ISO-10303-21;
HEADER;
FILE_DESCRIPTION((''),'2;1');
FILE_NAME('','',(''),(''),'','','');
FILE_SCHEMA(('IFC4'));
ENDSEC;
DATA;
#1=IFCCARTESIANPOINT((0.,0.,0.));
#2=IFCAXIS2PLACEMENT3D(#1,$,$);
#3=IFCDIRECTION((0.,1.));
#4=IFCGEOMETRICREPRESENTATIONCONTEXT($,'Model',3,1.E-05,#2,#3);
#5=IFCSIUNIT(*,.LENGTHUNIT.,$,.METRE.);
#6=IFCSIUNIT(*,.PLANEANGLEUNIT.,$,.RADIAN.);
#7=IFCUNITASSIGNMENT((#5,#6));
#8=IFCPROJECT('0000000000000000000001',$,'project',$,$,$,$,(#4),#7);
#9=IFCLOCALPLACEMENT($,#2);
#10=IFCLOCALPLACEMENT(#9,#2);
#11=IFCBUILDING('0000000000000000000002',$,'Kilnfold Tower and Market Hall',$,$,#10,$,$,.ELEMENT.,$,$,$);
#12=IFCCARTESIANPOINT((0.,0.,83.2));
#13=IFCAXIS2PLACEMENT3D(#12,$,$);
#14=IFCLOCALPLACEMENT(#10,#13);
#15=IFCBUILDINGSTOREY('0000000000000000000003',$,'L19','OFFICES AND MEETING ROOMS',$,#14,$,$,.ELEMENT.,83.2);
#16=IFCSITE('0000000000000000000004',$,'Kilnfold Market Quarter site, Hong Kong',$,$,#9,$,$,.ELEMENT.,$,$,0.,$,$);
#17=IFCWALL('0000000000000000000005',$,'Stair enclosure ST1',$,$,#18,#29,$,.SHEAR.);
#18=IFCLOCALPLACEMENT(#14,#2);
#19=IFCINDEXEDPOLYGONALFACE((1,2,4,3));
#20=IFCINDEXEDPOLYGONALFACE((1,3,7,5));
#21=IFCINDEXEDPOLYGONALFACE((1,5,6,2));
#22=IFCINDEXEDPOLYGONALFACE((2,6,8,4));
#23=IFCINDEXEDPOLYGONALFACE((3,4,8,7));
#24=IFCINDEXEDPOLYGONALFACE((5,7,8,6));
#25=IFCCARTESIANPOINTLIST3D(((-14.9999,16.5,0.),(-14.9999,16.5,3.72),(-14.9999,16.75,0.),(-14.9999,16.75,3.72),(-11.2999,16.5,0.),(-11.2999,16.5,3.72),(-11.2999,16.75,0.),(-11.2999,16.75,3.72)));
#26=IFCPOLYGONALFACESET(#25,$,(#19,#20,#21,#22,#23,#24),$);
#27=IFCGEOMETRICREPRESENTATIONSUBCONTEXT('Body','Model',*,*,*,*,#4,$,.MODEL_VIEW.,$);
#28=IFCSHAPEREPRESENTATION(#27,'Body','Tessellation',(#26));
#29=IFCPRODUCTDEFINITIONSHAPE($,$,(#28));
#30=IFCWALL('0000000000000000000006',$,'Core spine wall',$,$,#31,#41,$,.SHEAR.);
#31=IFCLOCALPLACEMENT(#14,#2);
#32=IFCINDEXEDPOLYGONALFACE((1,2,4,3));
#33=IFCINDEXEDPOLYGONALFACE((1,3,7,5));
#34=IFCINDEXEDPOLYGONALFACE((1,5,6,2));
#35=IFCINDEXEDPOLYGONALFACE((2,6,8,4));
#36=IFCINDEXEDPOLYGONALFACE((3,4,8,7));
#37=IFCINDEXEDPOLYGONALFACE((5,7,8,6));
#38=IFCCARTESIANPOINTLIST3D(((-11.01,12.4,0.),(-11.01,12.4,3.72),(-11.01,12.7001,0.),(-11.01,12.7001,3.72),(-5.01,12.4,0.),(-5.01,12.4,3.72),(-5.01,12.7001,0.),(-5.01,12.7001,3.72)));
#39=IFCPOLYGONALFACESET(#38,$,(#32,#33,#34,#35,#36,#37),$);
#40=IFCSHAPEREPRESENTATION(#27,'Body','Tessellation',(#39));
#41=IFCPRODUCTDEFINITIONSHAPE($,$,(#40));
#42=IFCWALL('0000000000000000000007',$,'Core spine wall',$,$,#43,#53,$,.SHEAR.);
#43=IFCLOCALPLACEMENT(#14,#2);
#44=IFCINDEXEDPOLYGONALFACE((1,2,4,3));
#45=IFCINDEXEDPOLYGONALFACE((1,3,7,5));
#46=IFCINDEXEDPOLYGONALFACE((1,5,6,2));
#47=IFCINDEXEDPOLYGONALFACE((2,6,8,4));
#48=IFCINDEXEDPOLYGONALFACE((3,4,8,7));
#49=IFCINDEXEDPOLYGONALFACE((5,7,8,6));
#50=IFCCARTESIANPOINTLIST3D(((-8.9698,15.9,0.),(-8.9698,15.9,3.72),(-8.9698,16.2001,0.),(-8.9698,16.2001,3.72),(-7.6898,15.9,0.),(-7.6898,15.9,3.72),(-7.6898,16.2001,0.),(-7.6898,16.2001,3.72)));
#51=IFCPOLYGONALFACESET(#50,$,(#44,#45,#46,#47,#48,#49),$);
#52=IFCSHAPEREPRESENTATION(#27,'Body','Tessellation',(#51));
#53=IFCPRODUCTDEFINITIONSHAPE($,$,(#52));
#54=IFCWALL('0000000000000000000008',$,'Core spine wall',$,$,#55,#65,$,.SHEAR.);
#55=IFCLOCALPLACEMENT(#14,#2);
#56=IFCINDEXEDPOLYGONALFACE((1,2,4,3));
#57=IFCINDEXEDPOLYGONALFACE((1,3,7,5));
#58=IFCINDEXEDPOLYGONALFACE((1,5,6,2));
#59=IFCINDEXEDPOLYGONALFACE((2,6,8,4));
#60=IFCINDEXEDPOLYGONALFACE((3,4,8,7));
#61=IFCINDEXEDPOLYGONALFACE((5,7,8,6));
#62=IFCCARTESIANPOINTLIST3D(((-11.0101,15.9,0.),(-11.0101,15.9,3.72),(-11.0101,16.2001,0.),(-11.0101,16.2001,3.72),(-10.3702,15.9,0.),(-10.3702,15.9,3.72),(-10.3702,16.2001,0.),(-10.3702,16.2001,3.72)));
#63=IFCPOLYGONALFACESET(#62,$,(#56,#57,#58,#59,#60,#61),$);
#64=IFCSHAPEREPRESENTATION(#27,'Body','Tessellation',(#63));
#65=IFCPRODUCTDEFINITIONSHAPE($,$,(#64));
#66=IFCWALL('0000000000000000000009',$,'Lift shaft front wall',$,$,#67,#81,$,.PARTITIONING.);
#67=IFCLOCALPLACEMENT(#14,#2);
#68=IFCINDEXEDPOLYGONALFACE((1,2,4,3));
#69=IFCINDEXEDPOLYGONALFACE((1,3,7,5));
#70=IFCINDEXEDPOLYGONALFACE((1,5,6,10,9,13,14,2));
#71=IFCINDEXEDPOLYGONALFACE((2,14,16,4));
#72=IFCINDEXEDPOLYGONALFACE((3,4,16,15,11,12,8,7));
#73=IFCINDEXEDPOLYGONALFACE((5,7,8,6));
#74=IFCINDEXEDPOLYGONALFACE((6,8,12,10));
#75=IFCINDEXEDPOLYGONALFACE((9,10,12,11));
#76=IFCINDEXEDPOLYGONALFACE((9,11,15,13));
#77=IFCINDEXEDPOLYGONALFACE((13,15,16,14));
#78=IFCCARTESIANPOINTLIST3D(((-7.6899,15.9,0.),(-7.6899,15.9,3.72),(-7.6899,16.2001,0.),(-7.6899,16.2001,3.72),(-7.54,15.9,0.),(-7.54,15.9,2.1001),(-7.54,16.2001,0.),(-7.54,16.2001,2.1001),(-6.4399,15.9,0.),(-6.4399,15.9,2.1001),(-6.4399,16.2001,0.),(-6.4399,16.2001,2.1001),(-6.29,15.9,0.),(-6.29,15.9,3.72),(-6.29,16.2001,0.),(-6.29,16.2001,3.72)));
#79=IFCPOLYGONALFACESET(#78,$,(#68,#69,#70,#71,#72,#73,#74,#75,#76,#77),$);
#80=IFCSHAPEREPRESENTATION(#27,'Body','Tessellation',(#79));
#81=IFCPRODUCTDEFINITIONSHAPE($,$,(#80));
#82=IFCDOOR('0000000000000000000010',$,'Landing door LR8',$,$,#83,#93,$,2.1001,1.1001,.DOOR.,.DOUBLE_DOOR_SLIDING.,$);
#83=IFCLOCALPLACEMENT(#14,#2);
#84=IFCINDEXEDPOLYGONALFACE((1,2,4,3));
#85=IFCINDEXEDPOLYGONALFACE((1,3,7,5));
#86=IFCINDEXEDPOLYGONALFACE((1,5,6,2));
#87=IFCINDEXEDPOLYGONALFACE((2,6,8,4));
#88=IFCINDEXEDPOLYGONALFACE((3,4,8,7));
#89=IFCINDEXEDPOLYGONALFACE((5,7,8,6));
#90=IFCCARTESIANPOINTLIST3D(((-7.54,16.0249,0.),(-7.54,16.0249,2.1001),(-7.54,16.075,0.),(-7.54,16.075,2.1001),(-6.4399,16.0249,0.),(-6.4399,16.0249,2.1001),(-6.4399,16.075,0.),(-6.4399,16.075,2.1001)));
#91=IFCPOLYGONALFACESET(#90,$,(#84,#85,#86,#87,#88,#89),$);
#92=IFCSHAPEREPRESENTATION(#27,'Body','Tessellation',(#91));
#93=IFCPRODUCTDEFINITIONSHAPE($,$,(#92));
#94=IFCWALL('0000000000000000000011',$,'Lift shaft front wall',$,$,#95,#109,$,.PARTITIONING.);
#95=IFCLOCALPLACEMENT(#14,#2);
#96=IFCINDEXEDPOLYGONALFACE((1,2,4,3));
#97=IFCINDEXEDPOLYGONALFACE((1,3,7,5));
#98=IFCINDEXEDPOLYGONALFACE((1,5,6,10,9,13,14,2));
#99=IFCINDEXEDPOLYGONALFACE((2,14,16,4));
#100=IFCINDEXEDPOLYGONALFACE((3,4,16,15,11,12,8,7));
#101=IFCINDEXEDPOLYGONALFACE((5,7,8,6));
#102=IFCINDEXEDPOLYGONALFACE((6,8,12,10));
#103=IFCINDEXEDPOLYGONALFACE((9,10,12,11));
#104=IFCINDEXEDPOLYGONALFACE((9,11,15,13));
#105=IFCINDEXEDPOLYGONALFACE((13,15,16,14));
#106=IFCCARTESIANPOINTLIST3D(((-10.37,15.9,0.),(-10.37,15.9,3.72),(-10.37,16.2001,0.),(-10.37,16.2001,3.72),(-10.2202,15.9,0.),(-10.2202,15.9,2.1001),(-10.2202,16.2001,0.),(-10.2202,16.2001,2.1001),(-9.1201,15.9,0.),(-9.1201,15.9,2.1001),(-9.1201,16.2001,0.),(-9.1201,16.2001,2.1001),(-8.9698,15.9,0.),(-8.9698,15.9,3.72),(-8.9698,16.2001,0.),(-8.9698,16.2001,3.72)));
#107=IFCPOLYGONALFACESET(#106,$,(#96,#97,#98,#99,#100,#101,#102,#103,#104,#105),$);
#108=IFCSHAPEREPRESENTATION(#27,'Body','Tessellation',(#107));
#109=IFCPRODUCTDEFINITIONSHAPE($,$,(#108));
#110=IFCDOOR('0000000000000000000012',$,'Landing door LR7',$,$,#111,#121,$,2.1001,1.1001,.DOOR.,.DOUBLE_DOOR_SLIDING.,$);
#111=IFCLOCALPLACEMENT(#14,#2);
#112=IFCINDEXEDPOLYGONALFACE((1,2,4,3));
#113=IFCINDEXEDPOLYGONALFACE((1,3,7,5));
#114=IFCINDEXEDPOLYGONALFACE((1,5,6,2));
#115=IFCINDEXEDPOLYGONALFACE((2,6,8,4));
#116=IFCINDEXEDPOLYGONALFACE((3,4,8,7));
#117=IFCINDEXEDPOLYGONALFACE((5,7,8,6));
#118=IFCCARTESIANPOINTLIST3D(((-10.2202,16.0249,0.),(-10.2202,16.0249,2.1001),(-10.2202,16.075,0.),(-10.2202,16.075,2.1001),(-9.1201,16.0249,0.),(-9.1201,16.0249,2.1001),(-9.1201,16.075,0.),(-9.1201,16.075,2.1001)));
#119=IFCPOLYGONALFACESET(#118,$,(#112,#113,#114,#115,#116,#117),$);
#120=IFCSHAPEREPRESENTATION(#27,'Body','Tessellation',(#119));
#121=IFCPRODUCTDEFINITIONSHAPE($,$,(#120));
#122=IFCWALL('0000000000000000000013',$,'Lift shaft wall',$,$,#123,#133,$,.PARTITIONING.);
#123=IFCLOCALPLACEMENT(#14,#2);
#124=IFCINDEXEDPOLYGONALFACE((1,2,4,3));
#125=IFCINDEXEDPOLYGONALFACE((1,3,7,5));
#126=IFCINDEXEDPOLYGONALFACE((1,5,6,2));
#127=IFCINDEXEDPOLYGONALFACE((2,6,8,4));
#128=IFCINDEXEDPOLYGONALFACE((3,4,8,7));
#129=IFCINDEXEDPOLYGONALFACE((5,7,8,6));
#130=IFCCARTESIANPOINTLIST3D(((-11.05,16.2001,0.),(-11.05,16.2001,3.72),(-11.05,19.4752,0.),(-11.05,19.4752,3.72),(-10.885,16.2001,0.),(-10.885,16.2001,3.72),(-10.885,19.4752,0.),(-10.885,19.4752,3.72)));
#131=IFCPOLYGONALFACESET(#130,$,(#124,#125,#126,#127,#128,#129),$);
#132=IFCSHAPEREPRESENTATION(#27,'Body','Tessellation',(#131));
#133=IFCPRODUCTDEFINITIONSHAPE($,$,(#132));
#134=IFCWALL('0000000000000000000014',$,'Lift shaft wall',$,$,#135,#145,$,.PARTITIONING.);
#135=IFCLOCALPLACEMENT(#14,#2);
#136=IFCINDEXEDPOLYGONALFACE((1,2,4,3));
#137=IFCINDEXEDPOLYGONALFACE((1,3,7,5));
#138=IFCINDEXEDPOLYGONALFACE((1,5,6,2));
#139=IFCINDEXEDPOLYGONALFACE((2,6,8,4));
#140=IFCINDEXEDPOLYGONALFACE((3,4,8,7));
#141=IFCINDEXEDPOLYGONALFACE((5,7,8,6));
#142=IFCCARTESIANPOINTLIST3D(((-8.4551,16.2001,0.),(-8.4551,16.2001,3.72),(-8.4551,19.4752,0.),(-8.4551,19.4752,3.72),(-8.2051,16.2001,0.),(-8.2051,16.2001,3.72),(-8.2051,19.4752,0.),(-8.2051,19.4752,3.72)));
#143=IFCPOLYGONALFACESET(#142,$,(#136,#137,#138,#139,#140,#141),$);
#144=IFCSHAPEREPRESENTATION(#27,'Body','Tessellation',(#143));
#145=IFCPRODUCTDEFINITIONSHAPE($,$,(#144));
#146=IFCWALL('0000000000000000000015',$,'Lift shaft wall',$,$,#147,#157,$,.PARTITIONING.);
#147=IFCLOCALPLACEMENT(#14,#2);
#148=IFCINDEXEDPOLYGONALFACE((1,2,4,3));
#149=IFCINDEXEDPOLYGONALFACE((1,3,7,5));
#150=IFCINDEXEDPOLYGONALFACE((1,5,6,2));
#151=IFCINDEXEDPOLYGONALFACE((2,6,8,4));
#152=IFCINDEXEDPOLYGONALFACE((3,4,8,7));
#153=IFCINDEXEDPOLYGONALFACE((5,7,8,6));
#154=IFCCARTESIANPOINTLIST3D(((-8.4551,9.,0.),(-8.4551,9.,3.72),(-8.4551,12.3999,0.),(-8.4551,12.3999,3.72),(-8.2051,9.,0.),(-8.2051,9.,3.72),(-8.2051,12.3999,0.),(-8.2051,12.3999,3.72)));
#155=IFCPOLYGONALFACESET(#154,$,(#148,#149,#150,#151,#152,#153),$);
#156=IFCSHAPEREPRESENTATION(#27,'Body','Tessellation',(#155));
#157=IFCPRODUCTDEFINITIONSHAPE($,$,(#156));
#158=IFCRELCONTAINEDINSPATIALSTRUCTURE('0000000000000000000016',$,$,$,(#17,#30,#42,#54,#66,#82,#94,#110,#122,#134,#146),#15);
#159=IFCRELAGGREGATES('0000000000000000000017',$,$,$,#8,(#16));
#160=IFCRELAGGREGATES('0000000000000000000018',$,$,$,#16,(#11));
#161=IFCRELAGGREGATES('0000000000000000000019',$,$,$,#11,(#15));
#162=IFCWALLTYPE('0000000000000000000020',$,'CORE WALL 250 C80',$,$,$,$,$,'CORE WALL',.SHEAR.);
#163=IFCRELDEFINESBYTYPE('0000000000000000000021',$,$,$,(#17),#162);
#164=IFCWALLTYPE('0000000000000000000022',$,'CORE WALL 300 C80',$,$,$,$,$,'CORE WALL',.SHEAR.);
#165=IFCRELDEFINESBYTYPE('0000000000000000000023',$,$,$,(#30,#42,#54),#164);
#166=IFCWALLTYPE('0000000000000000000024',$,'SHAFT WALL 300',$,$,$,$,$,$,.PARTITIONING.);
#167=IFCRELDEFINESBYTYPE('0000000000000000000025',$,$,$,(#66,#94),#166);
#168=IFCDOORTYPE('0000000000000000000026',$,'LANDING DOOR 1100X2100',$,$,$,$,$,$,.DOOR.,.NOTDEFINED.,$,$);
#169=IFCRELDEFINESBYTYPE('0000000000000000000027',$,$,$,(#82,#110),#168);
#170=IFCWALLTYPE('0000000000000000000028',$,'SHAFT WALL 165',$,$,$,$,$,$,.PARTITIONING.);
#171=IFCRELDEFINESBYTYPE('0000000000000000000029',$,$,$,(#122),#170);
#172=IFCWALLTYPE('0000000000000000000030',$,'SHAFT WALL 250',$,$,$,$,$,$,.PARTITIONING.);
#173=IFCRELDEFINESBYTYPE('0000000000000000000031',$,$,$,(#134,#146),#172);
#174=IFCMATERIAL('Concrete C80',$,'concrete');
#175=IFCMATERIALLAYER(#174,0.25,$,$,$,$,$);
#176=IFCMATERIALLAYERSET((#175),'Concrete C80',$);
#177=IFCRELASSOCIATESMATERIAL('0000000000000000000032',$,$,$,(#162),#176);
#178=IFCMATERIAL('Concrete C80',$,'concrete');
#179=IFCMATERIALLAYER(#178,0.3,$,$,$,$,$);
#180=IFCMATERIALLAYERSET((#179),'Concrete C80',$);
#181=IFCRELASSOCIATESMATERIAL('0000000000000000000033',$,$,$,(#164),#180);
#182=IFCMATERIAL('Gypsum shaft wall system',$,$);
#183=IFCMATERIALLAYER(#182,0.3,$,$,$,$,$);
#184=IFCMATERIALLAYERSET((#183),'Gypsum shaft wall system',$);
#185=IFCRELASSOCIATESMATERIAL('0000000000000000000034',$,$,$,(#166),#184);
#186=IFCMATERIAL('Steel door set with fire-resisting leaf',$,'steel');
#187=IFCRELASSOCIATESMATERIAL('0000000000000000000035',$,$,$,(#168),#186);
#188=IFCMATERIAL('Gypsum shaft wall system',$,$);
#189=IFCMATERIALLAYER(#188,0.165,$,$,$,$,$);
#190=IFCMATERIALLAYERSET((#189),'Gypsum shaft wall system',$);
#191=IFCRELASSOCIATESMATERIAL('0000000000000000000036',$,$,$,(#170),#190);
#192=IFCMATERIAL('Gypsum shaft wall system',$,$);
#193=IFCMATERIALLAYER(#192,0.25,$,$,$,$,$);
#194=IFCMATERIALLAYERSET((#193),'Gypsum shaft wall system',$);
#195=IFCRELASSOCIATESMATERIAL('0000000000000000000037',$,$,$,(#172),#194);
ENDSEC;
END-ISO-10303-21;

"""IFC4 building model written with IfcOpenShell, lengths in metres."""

from ifc_helpers import new_model, si_unit, direction, frame, frame_2d, origin, place, context, subcontext, project, spatial, rectangle, extrude, source, transform, mapped, material, layer, layer_set, type_object, element, fill, save


model = new_model("IFC4")

# Units and contexts
model_context = context("Model", 3, precision=1e-05, world=origin(), true_north=direction((0.0, 1.0)))
body_context = subcontext(model_context, "Body", "Model", "MODEL_VIEW")
ifc_project = project(units=[si_unit("LENGTHUNIT", "METRE"), si_unit("PLANEANGLEUNIT", "RADIAN")], contexts=[model_context])

# Site, building, storey
site_placement = place(None, origin())
site = spatial("IfcSite", under=ifc_project, at=site_placement, Name="Kilnfold Market Quarter site, Hong Kong", CompositionType="ELEMENT", RefElevation=0.0)
building_placement = place(site_placement, origin())
building = spatial("IfcBuilding", under=site, at=building_placement, Name="Kilnfold Tower and Market Hall", CompositionType="ELEMENT")
storey_placement = place(building_placement, frame((0.0, 0.0, 83.2)))
storey = spatial("IfcBuildingStorey", under=building, at=storey_placement, Name="L19", Description="OFFICES AND MEETING ROOMS", CompositionType="ELEMENT", Elevation=83.2)

# Walls
ifc_material_1 = material(Name="Concrete C80", Category="concrete")
ifc_layer_1 = layer(ifc_material_1, 0.25)
ifc_layer_set_1 = layer_set([ifc_layer_1], Name="Concrete C80")
wall_type_1 = type_object("IfcWallType", Name="CORE WALL 250 C80", ElementType="CORE WALL", PredefinedType="SHEAR", material=ifc_layer_set_1)
shared_shape_1 = source(origin(), body_context, "Body", "SweptSolid", [
    extrude(rectangle(XDim=3.7, YDim=0.25, at=frame_2d((1.8501, 0.0))), origin(), (0.0, 0.0, 1.0), 3.72),
])
wall_1_placement = place(storey_placement, frame((-15.0, 16.625, 0.0), z_axis=(0.0, 0.0, 1.0), x_axis=(1.0, 0.0, 0.0)))
element("IfcWall", 1, at=wall_1_placement, inside=storey, type_object=wall_type_1, Name="Stair enclosure ST1", PredefinedType="SHEAR", context=body_context, shape_type="MappedRepresentation", body=[
    mapped(shared_shape_1, transform((0.0, 0.0, 0.0))),
])
ifc_material_2 = material(Name="Concrete C80", Category="concrete")
ifc_layer_2 = layer(ifc_material_2, 0.3)
ifc_layer_set_2 = layer_set([ifc_layer_2], Name="Concrete C80")
wall_type_2 = type_object("IfcWallType", Name="CORE WALL 300 C80", ElementType="CORE WALL", PredefinedType="SHEAR", material=ifc_layer_set_2)
shared_shape_2 = source(origin(), body_context, "Body", "SweptSolid", [
    extrude(rectangle(XDim=6.0, YDim=0.3, at=frame_2d((3.0, 0.0))), origin(), (0.0, 0.0, 1.0), 3.72),
])
wall_2_placement = place(storey_placement, frame((-11.01, 12.55, 0.0), z_axis=(0.0, 0.0, 1.0), x_axis=(1.0, 0.0, 0.0)))
element("IfcWall", 2, at=wall_2_placement, inside=storey, type_object=wall_type_2, Name="Core spine wall", PredefinedType="SHEAR", context=body_context, shape_type="MappedRepresentation", body=[
    mapped(shared_shape_2, transform((0.0, 0.0, 0.0))),
])
shared_shape_3 = source(origin(), body_context, "Body", "SweptSolid", [
    extrude(rectangle(XDim=1.28, YDim=0.3, at=frame_2d((0.6401, 0.0))), origin(), (0.0, 0.0, 1.0), 3.72),
])
wall_3_placement = place(storey_placement, frame((-8.97, 16.05, 0.0), z_axis=(0.0, 0.0, 1.0), x_axis=(1.0, 0.0, 0.0)))
element("IfcWall", 3, at=wall_3_placement, inside=storey, type_object=wall_type_2, Name="Core spine wall", PredefinedType="SHEAR", context=body_context, shape_type="MappedRepresentation", body=[
    mapped(shared_shape_3, transform((0.0, 0.0, 0.0))),
])
shared_shape_4 = source(origin(), body_context, "Body", "SweptSolid", [
    extrude(rectangle(XDim=0.6399, YDim=0.3, at=frame_2d((0.3198, 0.0))), origin(), (0.0, 0.0, 1.0), 3.72),
])
wall_4_placement = place(storey_placement, frame((-11.01, 16.05, 0.0), z_axis=(0.0, 0.0, 1.0), x_axis=(1.0, 0.0, 0.0)))
element("IfcWall", 4, at=wall_4_placement, inside=storey, type_object=wall_type_2, Name="Core spine wall", PredefinedType="SHEAR", context=body_context, shape_type="MappedRepresentation", body=[
    mapped(shared_shape_4, transform((0.0, 0.0, 0.0))),
])

# Walls, openings, doors
ifc_material_3 = material(Name="Gypsum shaft wall system")
ifc_layer_3 = layer(ifc_material_3, 0.3)
ifc_layer_set_3 = layer_set([ifc_layer_3], Name="Gypsum shaft wall system")
wall_type_3 = type_object("IfcWallType", Name="SHAFT WALL 300", PredefinedType="PARTITIONING", material=ifc_layer_set_3)
shared_shape_5 = source(origin(), body_context, "Body", "SweptSolid", [
    extrude(rectangle(XDim=1.3999, YDim=0.3, at=frame_2d((0.7, 0.0))), origin(), (0.0, 0.0, 1.0), 3.72),
])
wall_5_placement = place(storey_placement, frame((-7.6899, 16.05, 0.0), z_axis=(0.0, 0.0, 1.0), x_axis=(1.0, 0.0, 0.0)))
wall_5 = element("IfcWall", 5, at=wall_5_placement, inside=storey, type_object=wall_type_3, Name="Lift shaft front wall", PredefinedType="PARTITIONING", context=body_context, shape_type="MappedRepresentation", body=[
    mapped(shared_shape_5, transform((0.0, 0.0, 0.0))),
])
opening_1_placement = place(wall_5_placement, frame((0.1499, 0.0, 0.0)))
opening_1 = element("IfcOpeningElement", 6, at=opening_1_placement, cuts=wall_5, PredefinedType="OPENING", context=body_context, shape_type="SweptSolid", body=[
    extrude(rectangle(XDim=1.1001, YDim=2.1001, at=frame_2d((0.55, 1.05))), frame((0.0, 0.1602, 0.0), z_axis=(0.0, -1.0, 0.0), x_axis=(1.0, 0.0, 0.0)), (0.0, 0.0, 1.0), 0.3201),
])
ifc_material_4 = material(Name="Steel door set with fire-resisting leaf", Category="steel")
door_type = type_object("IfcDoorType", Name="LANDING DOOR 1100X2100", OperationType="NOTDEFINED", PredefinedType="DOOR", material=ifc_material_4)
door_1_placement = place(opening_1_placement, origin())
door_1 = element("IfcDoor", 7, at=door_1_placement, inside=storey, type_object=door_type, Name="Landing door LR8", OperationType="DOUBLE_DOOR_SLIDING", OverallHeight=2.1001, OverallWidth=1.1001, PredefinedType="DOOR", context=body_context, shape_type="SweptSolid", body=[
    extrude(rectangle(XDim=1.1001, YDim=2.1001, at=frame_2d((0.55, 1.05))), frame((0.0, 0.0249, 0.0), z_axis=(0.0, -1.0, 0.0), x_axis=(1.0, 0.0, 0.0)), (0.0, 0.0, 1.0), 0.05),
])
fill(opening_1, door_1)
shared_shape_6 = source(origin(), body_context, "Body", "SweptSolid", [
    extrude(rectangle(XDim=1.4001, YDim=0.3, at=frame_2d((0.7002, 0.0))), origin(), (0.0, 0.0, 1.0), 3.72),
])
wall_6_placement = place(storey_placement, frame((-10.3701, 16.05, 0.0), z_axis=(0.0, 0.0, 1.0), x_axis=(1.0, 0.0, 0.0)))
wall_6 = element("IfcWall", 8, at=wall_6_placement, inside=storey, type_object=wall_type_3, Name="Lift shaft front wall", PredefinedType="PARTITIONING", context=body_context, shape_type="MappedRepresentation", body=[
    mapped(shared_shape_6, transform((0.0, 0.0, 0.0))),
])
opening_2_placement = place(wall_6_placement, frame((0.1499, 0.0, 0.0)))
opening_2 = element("IfcOpeningElement", 9, at=opening_2_placement, cuts=wall_6, PredefinedType="OPENING", context=body_context, shape_type="SweptSolid", body=[
    extrude(rectangle(XDim=1.1001, YDim=2.1001, at=frame_2d((0.55, 1.05))), frame((0.0, 0.1602, 0.0), z_axis=(0.0, -1.0, 0.0), x_axis=(1.0, 0.0, 0.0)), (0.0, 0.0, 1.0), 0.3201),
])
door_2_placement = place(opening_2_placement, origin())
door_2 = element("IfcDoor", 10, at=door_2_placement, inside=storey, type_object=door_type, Name="Landing door LR7", OperationType="DOUBLE_DOOR_SLIDING", OverallHeight=2.1001, OverallWidth=1.1001, PredefinedType="DOOR", context=body_context, shape_type="SweptSolid", body=[
    extrude(rectangle(XDim=1.1001, YDim=2.1001, at=frame_2d((0.55, 1.05))), frame((0.0, 0.0249, 0.0), z_axis=(0.0, -1.0, 0.0), x_axis=(1.0, 0.0, 0.0)), (0.0, 0.0, 1.0), 0.05),
])
fill(opening_2, door_2)

# Walls
ifc_material_5 = material(Name="Gypsum shaft wall system")
ifc_layer_4 = layer(ifc_material_5, 0.165)
ifc_layer_set_4 = layer_set([ifc_layer_4], Name="Gypsum shaft wall system")
wall_type_4 = type_object("IfcWallType", Name="SHAFT WALL 165", PredefinedType="PARTITIONING", material=ifc_layer_set_4)
shared_shape_7 = source(origin(), body_context, "Body", "SweptSolid", [
    extrude(rectangle(XDim=3.2751, YDim=0.165, at=frame_2d((1.6377, 0.0))), origin(), (0.0, 0.0, 1.0), 3.72),
])
wall_7_placement = place(storey_placement, frame((-10.9675, 16.2, 0.0), z_axis=(0.0, 0.0, 1.0), x_axis=(0.0, 1.0, 0.0)))
element("IfcWall", 11, at=wall_7_placement, inside=storey, type_object=wall_type_4, Name="Lift shaft wall", PredefinedType="PARTITIONING", context=body_context, shape_type="MappedRepresentation", body=[
    mapped(shared_shape_7, transform((0.0, 0.0, 0.0))),
])
ifc_material_6 = material(Name="Gypsum shaft wall system")
ifc_layer_5 = layer(ifc_material_6, 0.25)
ifc_layer_set_5 = layer_set([ifc_layer_5], Name="Gypsum shaft wall system")
wall_type_5 = type_object("IfcWallType", Name="SHAFT WALL 250", PredefinedType="PARTITIONING", material=ifc_layer_set_5)
shared_shape_8 = source(origin(), body_context, "Body", "SweptSolid", [
    extrude(rectangle(XDim=3.2751, YDim=0.25, at=frame_2d((1.6377, 0.0))), origin(), (0.0, 0.0, 1.0), 3.72),
])
wall_8_placement = place(storey_placement, frame((-8.3301, 16.2, 0.0), z_axis=(0.0, 0.0, 1.0), x_axis=(0.0, 1.0, 0.0)))
element("IfcWall", 12, at=wall_8_placement, inside=storey, type_object=wall_type_5, Name="Lift shaft wall", PredefinedType="PARTITIONING", context=body_context, shape_type="MappedRepresentation", body=[
    mapped(shared_shape_8, transform((0.0, 0.0, 0.0))),
])
shared_shape_9 = source(origin(), body_context, "Body", "SweptSolid", [
    extrude(rectangle(XDim=3.3999, YDim=0.25, at=frame_2d((1.7, 0.0))), origin(), (0.0, 0.0, 1.0), 3.72),
])
wall_9_placement = place(storey_placement, frame((-8.3301, 9.0, 0.0), z_axis=(0.0, 0.0, 1.0), x_axis=(0.0, 1.0, 0.0)))
element("IfcWall", 13, at=wall_9_placement, inside=storey, type_object=wall_type_5, Name="Lift shaft wall", PredefinedType="PARTITIONING", context=body_context, shape_type="MappedRepresentation", body=[
    mapped(shared_shape_9, transform((0.0, 0.0, 0.0))),
])

save(model, "model.ifc")
